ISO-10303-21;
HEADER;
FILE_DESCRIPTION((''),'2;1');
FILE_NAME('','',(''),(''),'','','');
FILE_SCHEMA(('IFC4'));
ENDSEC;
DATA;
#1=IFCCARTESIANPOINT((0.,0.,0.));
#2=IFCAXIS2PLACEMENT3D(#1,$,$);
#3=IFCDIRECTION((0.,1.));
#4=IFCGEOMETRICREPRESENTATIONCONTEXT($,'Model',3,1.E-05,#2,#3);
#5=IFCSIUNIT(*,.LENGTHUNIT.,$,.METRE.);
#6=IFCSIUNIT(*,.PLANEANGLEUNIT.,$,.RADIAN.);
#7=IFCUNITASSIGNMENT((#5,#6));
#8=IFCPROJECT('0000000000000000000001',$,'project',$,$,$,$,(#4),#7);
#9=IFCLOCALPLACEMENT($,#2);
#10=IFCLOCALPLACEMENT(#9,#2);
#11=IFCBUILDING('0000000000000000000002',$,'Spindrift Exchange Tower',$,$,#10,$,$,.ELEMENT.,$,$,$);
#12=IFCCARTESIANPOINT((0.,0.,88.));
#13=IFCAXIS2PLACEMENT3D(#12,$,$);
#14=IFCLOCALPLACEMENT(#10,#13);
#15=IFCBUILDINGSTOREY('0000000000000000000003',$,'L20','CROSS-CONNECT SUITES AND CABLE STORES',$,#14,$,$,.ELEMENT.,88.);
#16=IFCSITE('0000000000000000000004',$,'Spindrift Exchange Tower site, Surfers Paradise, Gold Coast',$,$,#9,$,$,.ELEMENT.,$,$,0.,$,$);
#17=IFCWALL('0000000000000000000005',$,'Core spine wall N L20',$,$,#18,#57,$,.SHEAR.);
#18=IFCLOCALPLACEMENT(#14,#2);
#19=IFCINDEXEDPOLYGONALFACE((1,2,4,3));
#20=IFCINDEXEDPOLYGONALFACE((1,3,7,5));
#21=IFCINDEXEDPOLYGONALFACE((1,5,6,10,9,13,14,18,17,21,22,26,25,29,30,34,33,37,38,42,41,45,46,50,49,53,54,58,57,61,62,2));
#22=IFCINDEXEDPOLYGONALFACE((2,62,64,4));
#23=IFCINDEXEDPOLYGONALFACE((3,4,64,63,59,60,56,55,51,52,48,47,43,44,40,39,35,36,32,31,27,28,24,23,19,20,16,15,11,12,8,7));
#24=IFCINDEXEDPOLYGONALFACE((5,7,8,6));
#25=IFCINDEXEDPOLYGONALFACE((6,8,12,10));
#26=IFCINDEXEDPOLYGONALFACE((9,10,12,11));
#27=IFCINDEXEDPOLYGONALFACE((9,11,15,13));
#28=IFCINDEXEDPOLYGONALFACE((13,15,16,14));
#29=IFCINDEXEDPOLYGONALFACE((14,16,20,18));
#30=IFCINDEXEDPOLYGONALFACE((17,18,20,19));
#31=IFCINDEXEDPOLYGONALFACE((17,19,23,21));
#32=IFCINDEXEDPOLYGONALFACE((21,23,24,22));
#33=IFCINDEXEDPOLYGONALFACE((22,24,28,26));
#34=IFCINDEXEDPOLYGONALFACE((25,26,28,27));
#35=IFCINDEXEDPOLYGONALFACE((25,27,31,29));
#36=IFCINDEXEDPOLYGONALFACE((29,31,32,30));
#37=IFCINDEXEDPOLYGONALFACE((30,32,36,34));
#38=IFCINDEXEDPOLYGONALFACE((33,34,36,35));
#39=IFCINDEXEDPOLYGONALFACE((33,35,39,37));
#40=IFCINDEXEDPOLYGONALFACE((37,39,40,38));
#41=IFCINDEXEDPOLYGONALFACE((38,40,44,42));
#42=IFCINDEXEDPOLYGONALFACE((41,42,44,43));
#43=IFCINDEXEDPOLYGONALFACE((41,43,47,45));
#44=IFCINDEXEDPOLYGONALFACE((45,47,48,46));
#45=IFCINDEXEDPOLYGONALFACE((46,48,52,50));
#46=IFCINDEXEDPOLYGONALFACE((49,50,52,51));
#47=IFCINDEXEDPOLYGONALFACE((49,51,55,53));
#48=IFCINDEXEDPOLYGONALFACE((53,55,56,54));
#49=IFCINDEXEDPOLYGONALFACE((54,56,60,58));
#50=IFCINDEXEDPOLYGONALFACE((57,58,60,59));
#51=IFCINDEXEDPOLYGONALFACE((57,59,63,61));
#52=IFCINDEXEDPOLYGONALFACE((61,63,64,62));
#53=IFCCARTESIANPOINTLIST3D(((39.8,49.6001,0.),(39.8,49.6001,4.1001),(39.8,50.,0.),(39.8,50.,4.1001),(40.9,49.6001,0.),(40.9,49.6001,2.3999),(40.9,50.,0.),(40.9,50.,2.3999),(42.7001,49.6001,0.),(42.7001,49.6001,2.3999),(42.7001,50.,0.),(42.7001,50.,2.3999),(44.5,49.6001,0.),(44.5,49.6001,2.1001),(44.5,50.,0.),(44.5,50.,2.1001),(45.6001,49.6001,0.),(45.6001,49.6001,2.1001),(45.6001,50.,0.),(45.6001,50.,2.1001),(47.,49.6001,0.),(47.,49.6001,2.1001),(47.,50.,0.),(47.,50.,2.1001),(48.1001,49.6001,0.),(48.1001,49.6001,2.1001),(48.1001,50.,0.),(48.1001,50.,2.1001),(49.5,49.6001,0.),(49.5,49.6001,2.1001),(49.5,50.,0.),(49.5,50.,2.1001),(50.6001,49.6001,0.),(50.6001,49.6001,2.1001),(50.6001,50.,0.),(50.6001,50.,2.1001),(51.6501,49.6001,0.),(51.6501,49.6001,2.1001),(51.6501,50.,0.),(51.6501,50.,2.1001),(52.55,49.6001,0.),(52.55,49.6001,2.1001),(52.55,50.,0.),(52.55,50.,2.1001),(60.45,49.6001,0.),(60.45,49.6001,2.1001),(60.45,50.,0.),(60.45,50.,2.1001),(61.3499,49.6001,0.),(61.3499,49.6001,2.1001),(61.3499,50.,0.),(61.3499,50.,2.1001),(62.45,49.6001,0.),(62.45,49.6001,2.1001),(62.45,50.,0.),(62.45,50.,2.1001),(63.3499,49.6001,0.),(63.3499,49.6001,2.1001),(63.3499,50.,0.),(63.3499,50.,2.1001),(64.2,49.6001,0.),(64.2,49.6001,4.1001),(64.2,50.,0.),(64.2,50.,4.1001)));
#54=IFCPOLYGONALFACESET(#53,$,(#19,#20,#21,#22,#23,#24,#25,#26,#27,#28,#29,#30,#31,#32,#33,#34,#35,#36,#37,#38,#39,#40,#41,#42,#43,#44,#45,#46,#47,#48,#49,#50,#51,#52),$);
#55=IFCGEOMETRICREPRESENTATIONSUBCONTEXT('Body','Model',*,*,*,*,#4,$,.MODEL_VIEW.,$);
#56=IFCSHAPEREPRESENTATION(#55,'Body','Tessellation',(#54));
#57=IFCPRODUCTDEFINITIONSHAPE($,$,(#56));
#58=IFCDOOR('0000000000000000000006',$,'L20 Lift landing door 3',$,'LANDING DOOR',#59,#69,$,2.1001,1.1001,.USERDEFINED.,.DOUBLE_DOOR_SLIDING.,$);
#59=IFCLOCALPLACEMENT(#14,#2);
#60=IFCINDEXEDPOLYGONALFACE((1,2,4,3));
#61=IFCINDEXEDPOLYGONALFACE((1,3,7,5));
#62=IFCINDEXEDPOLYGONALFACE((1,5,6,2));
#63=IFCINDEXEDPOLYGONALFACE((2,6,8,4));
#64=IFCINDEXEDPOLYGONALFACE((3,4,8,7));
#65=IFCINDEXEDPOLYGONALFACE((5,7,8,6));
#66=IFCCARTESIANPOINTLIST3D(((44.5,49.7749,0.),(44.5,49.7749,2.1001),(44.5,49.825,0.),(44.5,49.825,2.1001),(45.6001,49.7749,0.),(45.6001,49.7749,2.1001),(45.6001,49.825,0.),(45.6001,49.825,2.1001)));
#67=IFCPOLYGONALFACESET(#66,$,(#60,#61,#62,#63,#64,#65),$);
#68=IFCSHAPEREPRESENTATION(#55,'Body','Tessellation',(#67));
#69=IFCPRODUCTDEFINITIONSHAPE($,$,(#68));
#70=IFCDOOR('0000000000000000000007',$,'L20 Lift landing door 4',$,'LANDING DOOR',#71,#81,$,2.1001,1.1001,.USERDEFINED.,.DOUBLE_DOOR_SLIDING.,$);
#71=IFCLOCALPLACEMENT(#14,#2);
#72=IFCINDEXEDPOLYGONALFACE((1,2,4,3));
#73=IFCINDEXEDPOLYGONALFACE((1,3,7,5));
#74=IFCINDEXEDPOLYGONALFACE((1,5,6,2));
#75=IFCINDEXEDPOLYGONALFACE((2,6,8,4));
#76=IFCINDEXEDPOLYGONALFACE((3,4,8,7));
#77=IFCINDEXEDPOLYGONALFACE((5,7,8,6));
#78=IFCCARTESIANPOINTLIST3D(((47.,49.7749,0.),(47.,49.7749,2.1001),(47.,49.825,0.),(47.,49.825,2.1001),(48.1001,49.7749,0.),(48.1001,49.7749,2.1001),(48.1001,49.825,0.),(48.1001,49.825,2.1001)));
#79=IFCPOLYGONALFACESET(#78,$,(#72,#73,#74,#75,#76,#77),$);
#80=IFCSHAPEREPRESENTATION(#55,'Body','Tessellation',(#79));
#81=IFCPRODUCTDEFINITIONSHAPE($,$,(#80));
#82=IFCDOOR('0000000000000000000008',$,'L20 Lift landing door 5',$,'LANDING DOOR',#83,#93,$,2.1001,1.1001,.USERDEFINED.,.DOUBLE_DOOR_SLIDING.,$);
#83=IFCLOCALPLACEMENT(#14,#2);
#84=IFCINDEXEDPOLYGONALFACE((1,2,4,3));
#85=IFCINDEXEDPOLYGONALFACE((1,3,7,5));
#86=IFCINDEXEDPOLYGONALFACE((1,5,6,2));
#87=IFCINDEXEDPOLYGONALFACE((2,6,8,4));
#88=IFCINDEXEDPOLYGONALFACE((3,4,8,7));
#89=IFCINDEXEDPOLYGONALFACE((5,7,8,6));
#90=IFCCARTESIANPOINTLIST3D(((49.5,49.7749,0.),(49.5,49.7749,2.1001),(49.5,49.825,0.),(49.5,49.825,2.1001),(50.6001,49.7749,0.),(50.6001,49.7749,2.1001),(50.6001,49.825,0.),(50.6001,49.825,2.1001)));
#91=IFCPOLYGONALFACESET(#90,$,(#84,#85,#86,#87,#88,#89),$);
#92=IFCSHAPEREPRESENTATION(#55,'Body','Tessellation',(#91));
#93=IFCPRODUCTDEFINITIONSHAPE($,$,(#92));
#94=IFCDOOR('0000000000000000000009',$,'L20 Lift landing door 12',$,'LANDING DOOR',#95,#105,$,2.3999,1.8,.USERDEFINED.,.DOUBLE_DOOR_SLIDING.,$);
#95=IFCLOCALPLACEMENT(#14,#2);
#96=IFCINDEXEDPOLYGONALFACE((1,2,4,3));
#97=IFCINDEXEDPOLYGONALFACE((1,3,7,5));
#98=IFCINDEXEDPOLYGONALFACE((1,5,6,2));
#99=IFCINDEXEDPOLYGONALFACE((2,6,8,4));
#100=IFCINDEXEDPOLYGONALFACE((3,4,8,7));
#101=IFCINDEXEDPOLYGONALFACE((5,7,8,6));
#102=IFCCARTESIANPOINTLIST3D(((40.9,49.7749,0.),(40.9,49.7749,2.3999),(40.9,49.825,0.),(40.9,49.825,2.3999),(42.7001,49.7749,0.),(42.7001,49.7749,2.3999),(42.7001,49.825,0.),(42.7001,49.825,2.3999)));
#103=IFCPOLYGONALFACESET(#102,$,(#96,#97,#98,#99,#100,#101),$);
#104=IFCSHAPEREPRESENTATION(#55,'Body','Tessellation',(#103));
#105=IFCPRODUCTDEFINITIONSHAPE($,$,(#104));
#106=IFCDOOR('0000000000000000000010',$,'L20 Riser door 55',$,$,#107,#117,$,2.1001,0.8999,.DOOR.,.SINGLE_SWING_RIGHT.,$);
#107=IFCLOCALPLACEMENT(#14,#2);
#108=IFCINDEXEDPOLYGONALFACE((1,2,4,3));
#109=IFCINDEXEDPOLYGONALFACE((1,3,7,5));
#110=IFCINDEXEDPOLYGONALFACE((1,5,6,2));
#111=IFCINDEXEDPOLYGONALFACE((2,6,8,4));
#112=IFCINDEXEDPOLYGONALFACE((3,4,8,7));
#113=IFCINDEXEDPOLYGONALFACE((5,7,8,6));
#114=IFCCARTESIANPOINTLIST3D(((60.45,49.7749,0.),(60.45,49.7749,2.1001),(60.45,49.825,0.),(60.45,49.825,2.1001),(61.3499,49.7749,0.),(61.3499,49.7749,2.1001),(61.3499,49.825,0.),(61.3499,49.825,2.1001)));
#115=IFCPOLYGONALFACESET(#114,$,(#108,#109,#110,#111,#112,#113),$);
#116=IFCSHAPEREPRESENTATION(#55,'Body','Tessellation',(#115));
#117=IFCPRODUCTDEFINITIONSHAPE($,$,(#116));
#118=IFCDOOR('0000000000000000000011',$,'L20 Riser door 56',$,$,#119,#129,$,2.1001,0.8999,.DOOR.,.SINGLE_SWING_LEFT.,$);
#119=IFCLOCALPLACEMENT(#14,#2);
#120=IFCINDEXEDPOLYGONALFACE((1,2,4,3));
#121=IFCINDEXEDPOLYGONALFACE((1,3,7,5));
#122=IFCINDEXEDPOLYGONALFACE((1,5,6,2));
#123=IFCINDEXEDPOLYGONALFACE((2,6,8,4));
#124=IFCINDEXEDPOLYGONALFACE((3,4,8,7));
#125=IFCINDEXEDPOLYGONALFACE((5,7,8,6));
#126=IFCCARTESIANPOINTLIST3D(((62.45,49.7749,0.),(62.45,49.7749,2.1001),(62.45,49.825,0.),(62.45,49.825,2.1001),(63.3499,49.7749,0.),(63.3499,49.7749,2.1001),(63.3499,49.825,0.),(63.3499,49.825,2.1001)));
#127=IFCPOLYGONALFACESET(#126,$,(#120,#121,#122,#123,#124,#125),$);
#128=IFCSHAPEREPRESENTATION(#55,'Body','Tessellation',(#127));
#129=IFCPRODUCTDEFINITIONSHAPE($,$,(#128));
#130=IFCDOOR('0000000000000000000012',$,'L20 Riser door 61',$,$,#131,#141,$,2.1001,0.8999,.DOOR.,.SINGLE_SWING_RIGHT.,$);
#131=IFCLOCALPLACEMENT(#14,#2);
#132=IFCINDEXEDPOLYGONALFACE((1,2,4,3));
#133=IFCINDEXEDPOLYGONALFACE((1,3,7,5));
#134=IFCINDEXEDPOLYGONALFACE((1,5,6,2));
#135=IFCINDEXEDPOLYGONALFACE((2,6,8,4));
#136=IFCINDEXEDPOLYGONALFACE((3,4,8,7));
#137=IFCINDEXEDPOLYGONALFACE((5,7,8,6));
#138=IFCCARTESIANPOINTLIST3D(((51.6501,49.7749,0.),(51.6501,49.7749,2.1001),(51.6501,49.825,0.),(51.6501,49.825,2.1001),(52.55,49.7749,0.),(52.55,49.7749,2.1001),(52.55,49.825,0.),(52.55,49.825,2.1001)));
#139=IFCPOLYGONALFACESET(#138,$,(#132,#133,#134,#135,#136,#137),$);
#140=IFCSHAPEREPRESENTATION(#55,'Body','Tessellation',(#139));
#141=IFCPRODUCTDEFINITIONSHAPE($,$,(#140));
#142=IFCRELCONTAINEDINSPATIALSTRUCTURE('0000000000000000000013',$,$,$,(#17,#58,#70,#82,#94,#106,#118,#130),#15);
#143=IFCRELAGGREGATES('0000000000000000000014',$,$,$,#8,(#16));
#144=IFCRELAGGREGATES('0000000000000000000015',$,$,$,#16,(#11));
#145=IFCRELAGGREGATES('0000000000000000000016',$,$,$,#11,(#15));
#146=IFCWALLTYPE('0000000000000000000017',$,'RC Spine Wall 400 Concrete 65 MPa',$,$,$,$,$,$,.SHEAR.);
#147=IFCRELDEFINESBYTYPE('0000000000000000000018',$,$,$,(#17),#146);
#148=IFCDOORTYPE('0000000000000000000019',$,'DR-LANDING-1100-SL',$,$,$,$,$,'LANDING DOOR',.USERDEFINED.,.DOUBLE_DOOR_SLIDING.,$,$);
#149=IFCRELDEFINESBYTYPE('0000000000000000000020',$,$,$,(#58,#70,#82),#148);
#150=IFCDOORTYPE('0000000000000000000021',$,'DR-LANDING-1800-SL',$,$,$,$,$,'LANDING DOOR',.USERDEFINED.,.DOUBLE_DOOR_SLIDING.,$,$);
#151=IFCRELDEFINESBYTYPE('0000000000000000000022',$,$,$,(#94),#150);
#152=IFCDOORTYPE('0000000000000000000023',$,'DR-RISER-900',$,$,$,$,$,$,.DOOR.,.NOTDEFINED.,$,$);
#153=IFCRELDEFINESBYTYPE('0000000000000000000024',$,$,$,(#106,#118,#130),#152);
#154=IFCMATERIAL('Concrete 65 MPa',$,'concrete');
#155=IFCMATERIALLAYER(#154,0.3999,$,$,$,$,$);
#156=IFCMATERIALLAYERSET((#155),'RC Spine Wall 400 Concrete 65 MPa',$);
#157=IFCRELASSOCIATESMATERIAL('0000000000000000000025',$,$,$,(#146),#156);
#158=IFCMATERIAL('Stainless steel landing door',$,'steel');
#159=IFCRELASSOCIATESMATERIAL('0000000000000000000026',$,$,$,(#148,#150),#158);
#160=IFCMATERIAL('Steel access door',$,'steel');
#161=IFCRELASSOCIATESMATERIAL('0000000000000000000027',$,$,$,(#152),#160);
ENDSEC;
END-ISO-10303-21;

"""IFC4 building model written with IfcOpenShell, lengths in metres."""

from ifc_helpers import new_model, si_unit, direction, frame, frame_2d, origin, place, context, subcontext, project, spatial, rectangle, extrude, source, transform, mapped, material, layer, layer_set, type_object, element, fill, save


model = new_model("IFC4")

# Units and contexts
model_context = context("Model", 3, precision=1e-05, world=origin(), true_north=direction((0.0, 1.0)))
body_context = subcontext(model_context, "Body", "Model", "MODEL_VIEW")
ifc_project = project(units=[si_unit("LENGTHUNIT", "METRE"), si_unit("PLANEANGLEUNIT", "RADIAN")], contexts=[model_context])

# Site, building, storey
site_placement = place(None, origin())
site = spatial("IfcSite", under=ifc_project, at=site_placement, Name="Spindrift Exchange Tower site, Surfers Paradise, Gold Coast", CompositionType="ELEMENT", RefElevation=0.0)
building_placement = place(site_placement, origin())
building = spatial("IfcBuilding", under=site, at=building_placement, Name="Spindrift Exchange Tower", CompositionType="ELEMENT")
storey_placement = place(building_placement, frame((0.0, 0.0, 88.0)))
storey = spatial("IfcBuildingStorey", under=building, at=storey_placement, Name="L20", Description="CROSS-CONNECT SUITES AND CABLE STORES", CompositionType="ELEMENT", Elevation=88.0)

# Wall, openings, doors
ifc_material_1 = material(Name="Concrete 65 MPa", Category="concrete")
ifc_layer_1 = layer(ifc_material_1, 0.3999)
ifc_layer_set_1 = layer_set([ifc_layer_1], Name="RC Spine Wall 400 Concrete 65 MPa")
wall_type_1 = type_object("IfcWallType", Name="RC Spine Wall 400 Concrete 65 MPa", PredefinedType="SHEAR", material=ifc_layer_set_1)
wall_1_placement = place(storey_placement, frame((39.8, 49.8, 0.0), z_axis=(0.0, 0.0, 1.0), x_axis=(1.0, 0.0, 0.0)))
wall_1 = element("IfcWall", 1, at=wall_1_placement, inside=storey, type_object=wall_type_1, Name="Core spine wall N L20", PredefinedType="SHEAR", context=body_context, shape_type="SweptSolid", body=[
    extrude(rectangle(XDim=24.3999, YDim=0.3999, at=frame_2d((12.2, 0.0))), origin(), (0.0, 0.0, 1.0), 4.1001),
])
opening_1_placement = place(wall_1_placement, frame((4.7, 0.0, 0.0)))
opening_1 = element("IfcOpeningElement", 2, at=opening_1_placement, cuts=wall_1, PredefinedType="OPENING", context=body_context, shape_type="SweptSolid", body=[
    extrude(rectangle(XDim=1.1001, YDim=2.1001, at=frame_2d((0.55, 1.05))), frame((0.0, 0.21, 0.0), z_axis=(0.0, -1.0, 0.0), x_axis=(1.0, 0.0, 0.0)), (0.0, 0.0, 1.0), 0.4199),
])
opening_2_placement = place(wall_1_placement, frame((7.2, 0.0, 0.0)))
opening_2 = element("IfcOpeningElement", 3, at=opening_2_placement, cuts=wall_1, PredefinedType="OPENING", context=body_context, shape_type="SweptSolid", body=[
    extrude(rectangle(XDim=1.1001, YDim=2.1001, at=frame_2d((0.55, 1.05))), frame((0.0, 0.21, 0.0), z_axis=(0.0, -1.0, 0.0), x_axis=(1.0, 0.0, 0.0)), (0.0, 0.0, 1.0), 0.4199),
])
opening_3_placement = place(wall_1_placement, frame((9.7, 0.0, 0.0)))
opening_3 = element("IfcOpeningElement", 4, at=opening_3_placement, cuts=wall_1, PredefinedType="OPENING", context=body_context, shape_type="SweptSolid", body=[
    extrude(rectangle(XDim=1.1001, YDim=2.1001, at=frame_2d((0.55, 1.05))), frame((0.0, 0.21, 0.0), z_axis=(0.0, -1.0, 0.0), x_axis=(1.0, 0.0, 0.0)), (0.0, 0.0, 1.0), 0.4199),
])
opening_4_placement = place(wall_1_placement, frame((1.1001, 0.0, 0.0)))
opening_4 = element("IfcOpeningElement", 5, at=opening_4_placement, cuts=wall_1, PredefinedType="OPENING", context=body_context, shape_type="SweptSolid", body=[
    extrude(rectangle(XDim=1.8, YDim=2.3999, at=frame_2d((0.8999, 1.2))), frame((0.0, 0.21, 0.0), z_axis=(0.0, -1.0, 0.0), x_axis=(1.0, 0.0, 0.0)), (0.0, 0.0, 1.0), 0.4199),
])
opening_5_placement = place(wall_1_placement, frame((20.6499, 0.0, 0.0)))
opening_5 = element("IfcOpeningElement", 6, at=opening_5_placement, cuts=wall_1, PredefinedType="OPENING", context=body_context, shape_type="SweptSolid", body=[
    extrude(rectangle(XDim=0.8999, YDim=2.1001, at=frame_2d((0.45, 1.05))), frame((0.0, 0.21, 0.0), z_axis=(0.0, -1.0, 0.0), x_axis=(1.0, 0.0, 0.0)), (0.0, 0.0, 1.0), 0.4199),
])
opening_6_placement = place(wall_1_placement, frame((22.6499, 0.0, 0.0)))
opening_6 = element("IfcOpeningElement", 7, at=opening_6_placement, cuts=wall_1, PredefinedType="OPENING", context=body_context, shape_type="SweptSolid", body=[
    extrude(rectangle(XDim=0.8999, YDim=2.1001, at=frame_2d((0.45, 1.05))), frame((0.0, 0.21, 0.0), z_axis=(0.0, -1.0, 0.0), x_axis=(1.0, 0.0, 0.0)), (0.0, 0.0, 1.0), 0.4199),
])
opening_7_placement = place(wall_1_placement, frame((11.8501, 0.0, 0.0)))
opening_7 = element("IfcOpeningElement", 8, at=opening_7_placement, cuts=wall_1, PredefinedType="OPENING", context=body_context, shape_type="SweptSolid", body=[
    extrude(rectangle(XDim=0.8999, YDim=2.1001, at=frame_2d((0.45, 1.05))), frame((0.0, 0.21, 0.0), z_axis=(0.0, -1.0, 0.0), x_axis=(1.0, 0.0, 0.0)), (0.0, 0.0, 1.0), 0.4199),
])
ifc_material_2 = material(Name="Stainless steel landing door", Category="steel")
door_type_1 = type_object("IfcDoorType", Name="DR-LANDING-1100-SL", ElementType="LANDING DOOR", OperationType="DOUBLE_DOOR_SLIDING", PredefinedType="USERDEFINED", material=ifc_material_2)
shared_shape_1 = source(origin(), body_context, "Body", "SweptSolid", [
    extrude(rectangle(XDim=1.1001, YDim=2.1001, at=frame_2d((0.55, 1.05))), frame((0.0, 0.0249, 0.0), z_axis=(0.0, -1.0, 0.0), x_axis=(1.0, 0.0, 0.0)), (0.0, 0.0, 1.0), 0.05),
])
door_1_placement = place(opening_1_placement, origin())
door_1 = element("IfcDoor", 9, at=door_1_placement, inside=storey, type_object=door_type_1, Name="L20 Lift landing door 3", ObjectType="LANDING DOOR", OperationType="DOUBLE_DOOR_SLIDING", OverallHeight=2.1001, OverallWidth=1.1001, PredefinedType="USERDEFINED", context=body_context, shape_type="MappedRepresentation", body=[
    mapped(shared_shape_1, transform((0.0, 0.0, 0.0), scale=1.0)),
])
fill(opening_1, door_1)
door_2_placement = place(opening_2_placement, origin())
door_2 = element("IfcDoor", 10, at=door_2_placement, inside=storey, type_object=door_type_1, Name="L20 Lift landing door 4", ObjectType="LANDING DOOR", OperationType="DOUBLE_DOOR_SLIDING", OverallHeight=2.1001, OverallWidth=1.1001, PredefinedType="USERDEFINED", context=body_context, shape_type="MappedRepresentation", body=[
    mapped(shared_shape_1, transform((0.0, 0.0, 0.0), scale=1.0)),
])
fill(opening_2, door_2)
door_3_placement = place(opening_3_placement, origin())
door_3 = element("IfcDoor", 11, at=door_3_placement, inside=storey, type_object=door_type_1, Name="L20 Lift landing door 5", ObjectType="LANDING DOOR", OperationType="DOUBLE_DOOR_SLIDING", OverallHeight=2.1001, OverallWidth=1.1001, PredefinedType="USERDEFINED", context=body_context, shape_type="MappedRepresentation", body=[
    mapped(shared_shape_1, transform((0.0, 0.0, 0.0), scale=1.0)),
])
fill(opening_3, door_3)
door_type_2 = type_object("IfcDoorType", Name="DR-LANDING-1800-SL", ElementType="LANDING DOOR", OperationType="DOUBLE_DOOR_SLIDING", PredefinedType="USERDEFINED", material=ifc_material_2)
shared_shape_2 = source(origin(), body_context, "Body", "SweptSolid", [
    extrude(rectangle(XDim=1.8, YDim=2.3999, at=frame_2d((0.8999, 1.2))), frame((0.0, 0.0249, 0.0), z_axis=(0.0, -1.0, 0.0), x_axis=(1.0, 0.0, 0.0)), (0.0, 0.0, 1.0), 0.05),
])
door_4_placement = place(opening_4_placement, origin())
door_4 = element("IfcDoor", 12, at=door_4_placement, inside=storey, type_object=door_type_2, Name="L20 Lift landing door 12", ObjectType="LANDING DOOR", OperationType="DOUBLE_DOOR_SLIDING", OverallHeight=2.3999, OverallWidth=1.8, PredefinedType="USERDEFINED", context=body_context, shape_type="MappedRepresentation", body=[
    mapped(shared_shape_2, transform((0.0, 0.0, 0.0), scale=1.0)),
])
fill(opening_4, door_4)
ifc_material_3 = material(Name="Steel access door", Category="steel")
door_type_3 = type_object("IfcDoorType", Name="DR-RISER-900", OperationType="NOTDEFINED", PredefinedType="DOOR", material=ifc_material_3)
shared_shape_3 = source(origin(), body_context, "Body", "SweptSolid", [
    extrude(rectangle(XDim=0.8999, YDim=2.1001, at=frame_2d((0.45, 1.05))), frame((0.0, 0.0249, 0.0), z_axis=(0.0, -1.0, 0.0), x_axis=(1.0, 0.0, 0.0)), (0.0, 0.0, 1.0), 0.05),
])
door_5_placement = place(opening_5_placement, origin())
door_5 = element("IfcDoor", 13, at=door_5_placement, inside=storey, type_object=door_type_3, Name="L20 Riser door 55", OperationType="SINGLE_SWING_RIGHT", OverallHeight=2.1001, OverallWidth=0.8999, PredefinedType="DOOR", context=body_context, shape_type="MappedRepresentation", body=[
    mapped(shared_shape_3, transform((0.0, 0.0, 0.0), scale=1.0)),
])
fill(opening_5, door_5)
door_6_placement = place(opening_6_placement, origin())
door_6 = element("IfcDoor", 14, at=door_6_placement, inside=storey, type_object=door_type_3, Name="L20 Riser door 56", OperationType="SINGLE_SWING_LEFT", OverallHeight=2.1001, OverallWidth=0.8999, PredefinedType="DOOR", context=body_context, shape_type="MappedRepresentation", body=[
    mapped(shared_shape_3, transform((0.0, 0.0, 0.0), scale=1.0)),
])
fill(opening_6, door_6)
door_7_placement = place(opening_7_placement, origin())
door_7 = element("IfcDoor", 15, at=door_7_placement, inside=storey, type_object=door_type_3, Name="L20 Riser door 61", OperationType="SINGLE_SWING_RIGHT", OverallHeight=2.1001, OverallWidth=0.8999, PredefinedType="DOOR", context=body_context, shape_type="MappedRepresentation", body=[
    mapped(shared_shape_3, transform((0.0, 0.0, 0.0), scale=1.0)),
])
fill(opening_7, door_7)

save(model, "model.ifc")
